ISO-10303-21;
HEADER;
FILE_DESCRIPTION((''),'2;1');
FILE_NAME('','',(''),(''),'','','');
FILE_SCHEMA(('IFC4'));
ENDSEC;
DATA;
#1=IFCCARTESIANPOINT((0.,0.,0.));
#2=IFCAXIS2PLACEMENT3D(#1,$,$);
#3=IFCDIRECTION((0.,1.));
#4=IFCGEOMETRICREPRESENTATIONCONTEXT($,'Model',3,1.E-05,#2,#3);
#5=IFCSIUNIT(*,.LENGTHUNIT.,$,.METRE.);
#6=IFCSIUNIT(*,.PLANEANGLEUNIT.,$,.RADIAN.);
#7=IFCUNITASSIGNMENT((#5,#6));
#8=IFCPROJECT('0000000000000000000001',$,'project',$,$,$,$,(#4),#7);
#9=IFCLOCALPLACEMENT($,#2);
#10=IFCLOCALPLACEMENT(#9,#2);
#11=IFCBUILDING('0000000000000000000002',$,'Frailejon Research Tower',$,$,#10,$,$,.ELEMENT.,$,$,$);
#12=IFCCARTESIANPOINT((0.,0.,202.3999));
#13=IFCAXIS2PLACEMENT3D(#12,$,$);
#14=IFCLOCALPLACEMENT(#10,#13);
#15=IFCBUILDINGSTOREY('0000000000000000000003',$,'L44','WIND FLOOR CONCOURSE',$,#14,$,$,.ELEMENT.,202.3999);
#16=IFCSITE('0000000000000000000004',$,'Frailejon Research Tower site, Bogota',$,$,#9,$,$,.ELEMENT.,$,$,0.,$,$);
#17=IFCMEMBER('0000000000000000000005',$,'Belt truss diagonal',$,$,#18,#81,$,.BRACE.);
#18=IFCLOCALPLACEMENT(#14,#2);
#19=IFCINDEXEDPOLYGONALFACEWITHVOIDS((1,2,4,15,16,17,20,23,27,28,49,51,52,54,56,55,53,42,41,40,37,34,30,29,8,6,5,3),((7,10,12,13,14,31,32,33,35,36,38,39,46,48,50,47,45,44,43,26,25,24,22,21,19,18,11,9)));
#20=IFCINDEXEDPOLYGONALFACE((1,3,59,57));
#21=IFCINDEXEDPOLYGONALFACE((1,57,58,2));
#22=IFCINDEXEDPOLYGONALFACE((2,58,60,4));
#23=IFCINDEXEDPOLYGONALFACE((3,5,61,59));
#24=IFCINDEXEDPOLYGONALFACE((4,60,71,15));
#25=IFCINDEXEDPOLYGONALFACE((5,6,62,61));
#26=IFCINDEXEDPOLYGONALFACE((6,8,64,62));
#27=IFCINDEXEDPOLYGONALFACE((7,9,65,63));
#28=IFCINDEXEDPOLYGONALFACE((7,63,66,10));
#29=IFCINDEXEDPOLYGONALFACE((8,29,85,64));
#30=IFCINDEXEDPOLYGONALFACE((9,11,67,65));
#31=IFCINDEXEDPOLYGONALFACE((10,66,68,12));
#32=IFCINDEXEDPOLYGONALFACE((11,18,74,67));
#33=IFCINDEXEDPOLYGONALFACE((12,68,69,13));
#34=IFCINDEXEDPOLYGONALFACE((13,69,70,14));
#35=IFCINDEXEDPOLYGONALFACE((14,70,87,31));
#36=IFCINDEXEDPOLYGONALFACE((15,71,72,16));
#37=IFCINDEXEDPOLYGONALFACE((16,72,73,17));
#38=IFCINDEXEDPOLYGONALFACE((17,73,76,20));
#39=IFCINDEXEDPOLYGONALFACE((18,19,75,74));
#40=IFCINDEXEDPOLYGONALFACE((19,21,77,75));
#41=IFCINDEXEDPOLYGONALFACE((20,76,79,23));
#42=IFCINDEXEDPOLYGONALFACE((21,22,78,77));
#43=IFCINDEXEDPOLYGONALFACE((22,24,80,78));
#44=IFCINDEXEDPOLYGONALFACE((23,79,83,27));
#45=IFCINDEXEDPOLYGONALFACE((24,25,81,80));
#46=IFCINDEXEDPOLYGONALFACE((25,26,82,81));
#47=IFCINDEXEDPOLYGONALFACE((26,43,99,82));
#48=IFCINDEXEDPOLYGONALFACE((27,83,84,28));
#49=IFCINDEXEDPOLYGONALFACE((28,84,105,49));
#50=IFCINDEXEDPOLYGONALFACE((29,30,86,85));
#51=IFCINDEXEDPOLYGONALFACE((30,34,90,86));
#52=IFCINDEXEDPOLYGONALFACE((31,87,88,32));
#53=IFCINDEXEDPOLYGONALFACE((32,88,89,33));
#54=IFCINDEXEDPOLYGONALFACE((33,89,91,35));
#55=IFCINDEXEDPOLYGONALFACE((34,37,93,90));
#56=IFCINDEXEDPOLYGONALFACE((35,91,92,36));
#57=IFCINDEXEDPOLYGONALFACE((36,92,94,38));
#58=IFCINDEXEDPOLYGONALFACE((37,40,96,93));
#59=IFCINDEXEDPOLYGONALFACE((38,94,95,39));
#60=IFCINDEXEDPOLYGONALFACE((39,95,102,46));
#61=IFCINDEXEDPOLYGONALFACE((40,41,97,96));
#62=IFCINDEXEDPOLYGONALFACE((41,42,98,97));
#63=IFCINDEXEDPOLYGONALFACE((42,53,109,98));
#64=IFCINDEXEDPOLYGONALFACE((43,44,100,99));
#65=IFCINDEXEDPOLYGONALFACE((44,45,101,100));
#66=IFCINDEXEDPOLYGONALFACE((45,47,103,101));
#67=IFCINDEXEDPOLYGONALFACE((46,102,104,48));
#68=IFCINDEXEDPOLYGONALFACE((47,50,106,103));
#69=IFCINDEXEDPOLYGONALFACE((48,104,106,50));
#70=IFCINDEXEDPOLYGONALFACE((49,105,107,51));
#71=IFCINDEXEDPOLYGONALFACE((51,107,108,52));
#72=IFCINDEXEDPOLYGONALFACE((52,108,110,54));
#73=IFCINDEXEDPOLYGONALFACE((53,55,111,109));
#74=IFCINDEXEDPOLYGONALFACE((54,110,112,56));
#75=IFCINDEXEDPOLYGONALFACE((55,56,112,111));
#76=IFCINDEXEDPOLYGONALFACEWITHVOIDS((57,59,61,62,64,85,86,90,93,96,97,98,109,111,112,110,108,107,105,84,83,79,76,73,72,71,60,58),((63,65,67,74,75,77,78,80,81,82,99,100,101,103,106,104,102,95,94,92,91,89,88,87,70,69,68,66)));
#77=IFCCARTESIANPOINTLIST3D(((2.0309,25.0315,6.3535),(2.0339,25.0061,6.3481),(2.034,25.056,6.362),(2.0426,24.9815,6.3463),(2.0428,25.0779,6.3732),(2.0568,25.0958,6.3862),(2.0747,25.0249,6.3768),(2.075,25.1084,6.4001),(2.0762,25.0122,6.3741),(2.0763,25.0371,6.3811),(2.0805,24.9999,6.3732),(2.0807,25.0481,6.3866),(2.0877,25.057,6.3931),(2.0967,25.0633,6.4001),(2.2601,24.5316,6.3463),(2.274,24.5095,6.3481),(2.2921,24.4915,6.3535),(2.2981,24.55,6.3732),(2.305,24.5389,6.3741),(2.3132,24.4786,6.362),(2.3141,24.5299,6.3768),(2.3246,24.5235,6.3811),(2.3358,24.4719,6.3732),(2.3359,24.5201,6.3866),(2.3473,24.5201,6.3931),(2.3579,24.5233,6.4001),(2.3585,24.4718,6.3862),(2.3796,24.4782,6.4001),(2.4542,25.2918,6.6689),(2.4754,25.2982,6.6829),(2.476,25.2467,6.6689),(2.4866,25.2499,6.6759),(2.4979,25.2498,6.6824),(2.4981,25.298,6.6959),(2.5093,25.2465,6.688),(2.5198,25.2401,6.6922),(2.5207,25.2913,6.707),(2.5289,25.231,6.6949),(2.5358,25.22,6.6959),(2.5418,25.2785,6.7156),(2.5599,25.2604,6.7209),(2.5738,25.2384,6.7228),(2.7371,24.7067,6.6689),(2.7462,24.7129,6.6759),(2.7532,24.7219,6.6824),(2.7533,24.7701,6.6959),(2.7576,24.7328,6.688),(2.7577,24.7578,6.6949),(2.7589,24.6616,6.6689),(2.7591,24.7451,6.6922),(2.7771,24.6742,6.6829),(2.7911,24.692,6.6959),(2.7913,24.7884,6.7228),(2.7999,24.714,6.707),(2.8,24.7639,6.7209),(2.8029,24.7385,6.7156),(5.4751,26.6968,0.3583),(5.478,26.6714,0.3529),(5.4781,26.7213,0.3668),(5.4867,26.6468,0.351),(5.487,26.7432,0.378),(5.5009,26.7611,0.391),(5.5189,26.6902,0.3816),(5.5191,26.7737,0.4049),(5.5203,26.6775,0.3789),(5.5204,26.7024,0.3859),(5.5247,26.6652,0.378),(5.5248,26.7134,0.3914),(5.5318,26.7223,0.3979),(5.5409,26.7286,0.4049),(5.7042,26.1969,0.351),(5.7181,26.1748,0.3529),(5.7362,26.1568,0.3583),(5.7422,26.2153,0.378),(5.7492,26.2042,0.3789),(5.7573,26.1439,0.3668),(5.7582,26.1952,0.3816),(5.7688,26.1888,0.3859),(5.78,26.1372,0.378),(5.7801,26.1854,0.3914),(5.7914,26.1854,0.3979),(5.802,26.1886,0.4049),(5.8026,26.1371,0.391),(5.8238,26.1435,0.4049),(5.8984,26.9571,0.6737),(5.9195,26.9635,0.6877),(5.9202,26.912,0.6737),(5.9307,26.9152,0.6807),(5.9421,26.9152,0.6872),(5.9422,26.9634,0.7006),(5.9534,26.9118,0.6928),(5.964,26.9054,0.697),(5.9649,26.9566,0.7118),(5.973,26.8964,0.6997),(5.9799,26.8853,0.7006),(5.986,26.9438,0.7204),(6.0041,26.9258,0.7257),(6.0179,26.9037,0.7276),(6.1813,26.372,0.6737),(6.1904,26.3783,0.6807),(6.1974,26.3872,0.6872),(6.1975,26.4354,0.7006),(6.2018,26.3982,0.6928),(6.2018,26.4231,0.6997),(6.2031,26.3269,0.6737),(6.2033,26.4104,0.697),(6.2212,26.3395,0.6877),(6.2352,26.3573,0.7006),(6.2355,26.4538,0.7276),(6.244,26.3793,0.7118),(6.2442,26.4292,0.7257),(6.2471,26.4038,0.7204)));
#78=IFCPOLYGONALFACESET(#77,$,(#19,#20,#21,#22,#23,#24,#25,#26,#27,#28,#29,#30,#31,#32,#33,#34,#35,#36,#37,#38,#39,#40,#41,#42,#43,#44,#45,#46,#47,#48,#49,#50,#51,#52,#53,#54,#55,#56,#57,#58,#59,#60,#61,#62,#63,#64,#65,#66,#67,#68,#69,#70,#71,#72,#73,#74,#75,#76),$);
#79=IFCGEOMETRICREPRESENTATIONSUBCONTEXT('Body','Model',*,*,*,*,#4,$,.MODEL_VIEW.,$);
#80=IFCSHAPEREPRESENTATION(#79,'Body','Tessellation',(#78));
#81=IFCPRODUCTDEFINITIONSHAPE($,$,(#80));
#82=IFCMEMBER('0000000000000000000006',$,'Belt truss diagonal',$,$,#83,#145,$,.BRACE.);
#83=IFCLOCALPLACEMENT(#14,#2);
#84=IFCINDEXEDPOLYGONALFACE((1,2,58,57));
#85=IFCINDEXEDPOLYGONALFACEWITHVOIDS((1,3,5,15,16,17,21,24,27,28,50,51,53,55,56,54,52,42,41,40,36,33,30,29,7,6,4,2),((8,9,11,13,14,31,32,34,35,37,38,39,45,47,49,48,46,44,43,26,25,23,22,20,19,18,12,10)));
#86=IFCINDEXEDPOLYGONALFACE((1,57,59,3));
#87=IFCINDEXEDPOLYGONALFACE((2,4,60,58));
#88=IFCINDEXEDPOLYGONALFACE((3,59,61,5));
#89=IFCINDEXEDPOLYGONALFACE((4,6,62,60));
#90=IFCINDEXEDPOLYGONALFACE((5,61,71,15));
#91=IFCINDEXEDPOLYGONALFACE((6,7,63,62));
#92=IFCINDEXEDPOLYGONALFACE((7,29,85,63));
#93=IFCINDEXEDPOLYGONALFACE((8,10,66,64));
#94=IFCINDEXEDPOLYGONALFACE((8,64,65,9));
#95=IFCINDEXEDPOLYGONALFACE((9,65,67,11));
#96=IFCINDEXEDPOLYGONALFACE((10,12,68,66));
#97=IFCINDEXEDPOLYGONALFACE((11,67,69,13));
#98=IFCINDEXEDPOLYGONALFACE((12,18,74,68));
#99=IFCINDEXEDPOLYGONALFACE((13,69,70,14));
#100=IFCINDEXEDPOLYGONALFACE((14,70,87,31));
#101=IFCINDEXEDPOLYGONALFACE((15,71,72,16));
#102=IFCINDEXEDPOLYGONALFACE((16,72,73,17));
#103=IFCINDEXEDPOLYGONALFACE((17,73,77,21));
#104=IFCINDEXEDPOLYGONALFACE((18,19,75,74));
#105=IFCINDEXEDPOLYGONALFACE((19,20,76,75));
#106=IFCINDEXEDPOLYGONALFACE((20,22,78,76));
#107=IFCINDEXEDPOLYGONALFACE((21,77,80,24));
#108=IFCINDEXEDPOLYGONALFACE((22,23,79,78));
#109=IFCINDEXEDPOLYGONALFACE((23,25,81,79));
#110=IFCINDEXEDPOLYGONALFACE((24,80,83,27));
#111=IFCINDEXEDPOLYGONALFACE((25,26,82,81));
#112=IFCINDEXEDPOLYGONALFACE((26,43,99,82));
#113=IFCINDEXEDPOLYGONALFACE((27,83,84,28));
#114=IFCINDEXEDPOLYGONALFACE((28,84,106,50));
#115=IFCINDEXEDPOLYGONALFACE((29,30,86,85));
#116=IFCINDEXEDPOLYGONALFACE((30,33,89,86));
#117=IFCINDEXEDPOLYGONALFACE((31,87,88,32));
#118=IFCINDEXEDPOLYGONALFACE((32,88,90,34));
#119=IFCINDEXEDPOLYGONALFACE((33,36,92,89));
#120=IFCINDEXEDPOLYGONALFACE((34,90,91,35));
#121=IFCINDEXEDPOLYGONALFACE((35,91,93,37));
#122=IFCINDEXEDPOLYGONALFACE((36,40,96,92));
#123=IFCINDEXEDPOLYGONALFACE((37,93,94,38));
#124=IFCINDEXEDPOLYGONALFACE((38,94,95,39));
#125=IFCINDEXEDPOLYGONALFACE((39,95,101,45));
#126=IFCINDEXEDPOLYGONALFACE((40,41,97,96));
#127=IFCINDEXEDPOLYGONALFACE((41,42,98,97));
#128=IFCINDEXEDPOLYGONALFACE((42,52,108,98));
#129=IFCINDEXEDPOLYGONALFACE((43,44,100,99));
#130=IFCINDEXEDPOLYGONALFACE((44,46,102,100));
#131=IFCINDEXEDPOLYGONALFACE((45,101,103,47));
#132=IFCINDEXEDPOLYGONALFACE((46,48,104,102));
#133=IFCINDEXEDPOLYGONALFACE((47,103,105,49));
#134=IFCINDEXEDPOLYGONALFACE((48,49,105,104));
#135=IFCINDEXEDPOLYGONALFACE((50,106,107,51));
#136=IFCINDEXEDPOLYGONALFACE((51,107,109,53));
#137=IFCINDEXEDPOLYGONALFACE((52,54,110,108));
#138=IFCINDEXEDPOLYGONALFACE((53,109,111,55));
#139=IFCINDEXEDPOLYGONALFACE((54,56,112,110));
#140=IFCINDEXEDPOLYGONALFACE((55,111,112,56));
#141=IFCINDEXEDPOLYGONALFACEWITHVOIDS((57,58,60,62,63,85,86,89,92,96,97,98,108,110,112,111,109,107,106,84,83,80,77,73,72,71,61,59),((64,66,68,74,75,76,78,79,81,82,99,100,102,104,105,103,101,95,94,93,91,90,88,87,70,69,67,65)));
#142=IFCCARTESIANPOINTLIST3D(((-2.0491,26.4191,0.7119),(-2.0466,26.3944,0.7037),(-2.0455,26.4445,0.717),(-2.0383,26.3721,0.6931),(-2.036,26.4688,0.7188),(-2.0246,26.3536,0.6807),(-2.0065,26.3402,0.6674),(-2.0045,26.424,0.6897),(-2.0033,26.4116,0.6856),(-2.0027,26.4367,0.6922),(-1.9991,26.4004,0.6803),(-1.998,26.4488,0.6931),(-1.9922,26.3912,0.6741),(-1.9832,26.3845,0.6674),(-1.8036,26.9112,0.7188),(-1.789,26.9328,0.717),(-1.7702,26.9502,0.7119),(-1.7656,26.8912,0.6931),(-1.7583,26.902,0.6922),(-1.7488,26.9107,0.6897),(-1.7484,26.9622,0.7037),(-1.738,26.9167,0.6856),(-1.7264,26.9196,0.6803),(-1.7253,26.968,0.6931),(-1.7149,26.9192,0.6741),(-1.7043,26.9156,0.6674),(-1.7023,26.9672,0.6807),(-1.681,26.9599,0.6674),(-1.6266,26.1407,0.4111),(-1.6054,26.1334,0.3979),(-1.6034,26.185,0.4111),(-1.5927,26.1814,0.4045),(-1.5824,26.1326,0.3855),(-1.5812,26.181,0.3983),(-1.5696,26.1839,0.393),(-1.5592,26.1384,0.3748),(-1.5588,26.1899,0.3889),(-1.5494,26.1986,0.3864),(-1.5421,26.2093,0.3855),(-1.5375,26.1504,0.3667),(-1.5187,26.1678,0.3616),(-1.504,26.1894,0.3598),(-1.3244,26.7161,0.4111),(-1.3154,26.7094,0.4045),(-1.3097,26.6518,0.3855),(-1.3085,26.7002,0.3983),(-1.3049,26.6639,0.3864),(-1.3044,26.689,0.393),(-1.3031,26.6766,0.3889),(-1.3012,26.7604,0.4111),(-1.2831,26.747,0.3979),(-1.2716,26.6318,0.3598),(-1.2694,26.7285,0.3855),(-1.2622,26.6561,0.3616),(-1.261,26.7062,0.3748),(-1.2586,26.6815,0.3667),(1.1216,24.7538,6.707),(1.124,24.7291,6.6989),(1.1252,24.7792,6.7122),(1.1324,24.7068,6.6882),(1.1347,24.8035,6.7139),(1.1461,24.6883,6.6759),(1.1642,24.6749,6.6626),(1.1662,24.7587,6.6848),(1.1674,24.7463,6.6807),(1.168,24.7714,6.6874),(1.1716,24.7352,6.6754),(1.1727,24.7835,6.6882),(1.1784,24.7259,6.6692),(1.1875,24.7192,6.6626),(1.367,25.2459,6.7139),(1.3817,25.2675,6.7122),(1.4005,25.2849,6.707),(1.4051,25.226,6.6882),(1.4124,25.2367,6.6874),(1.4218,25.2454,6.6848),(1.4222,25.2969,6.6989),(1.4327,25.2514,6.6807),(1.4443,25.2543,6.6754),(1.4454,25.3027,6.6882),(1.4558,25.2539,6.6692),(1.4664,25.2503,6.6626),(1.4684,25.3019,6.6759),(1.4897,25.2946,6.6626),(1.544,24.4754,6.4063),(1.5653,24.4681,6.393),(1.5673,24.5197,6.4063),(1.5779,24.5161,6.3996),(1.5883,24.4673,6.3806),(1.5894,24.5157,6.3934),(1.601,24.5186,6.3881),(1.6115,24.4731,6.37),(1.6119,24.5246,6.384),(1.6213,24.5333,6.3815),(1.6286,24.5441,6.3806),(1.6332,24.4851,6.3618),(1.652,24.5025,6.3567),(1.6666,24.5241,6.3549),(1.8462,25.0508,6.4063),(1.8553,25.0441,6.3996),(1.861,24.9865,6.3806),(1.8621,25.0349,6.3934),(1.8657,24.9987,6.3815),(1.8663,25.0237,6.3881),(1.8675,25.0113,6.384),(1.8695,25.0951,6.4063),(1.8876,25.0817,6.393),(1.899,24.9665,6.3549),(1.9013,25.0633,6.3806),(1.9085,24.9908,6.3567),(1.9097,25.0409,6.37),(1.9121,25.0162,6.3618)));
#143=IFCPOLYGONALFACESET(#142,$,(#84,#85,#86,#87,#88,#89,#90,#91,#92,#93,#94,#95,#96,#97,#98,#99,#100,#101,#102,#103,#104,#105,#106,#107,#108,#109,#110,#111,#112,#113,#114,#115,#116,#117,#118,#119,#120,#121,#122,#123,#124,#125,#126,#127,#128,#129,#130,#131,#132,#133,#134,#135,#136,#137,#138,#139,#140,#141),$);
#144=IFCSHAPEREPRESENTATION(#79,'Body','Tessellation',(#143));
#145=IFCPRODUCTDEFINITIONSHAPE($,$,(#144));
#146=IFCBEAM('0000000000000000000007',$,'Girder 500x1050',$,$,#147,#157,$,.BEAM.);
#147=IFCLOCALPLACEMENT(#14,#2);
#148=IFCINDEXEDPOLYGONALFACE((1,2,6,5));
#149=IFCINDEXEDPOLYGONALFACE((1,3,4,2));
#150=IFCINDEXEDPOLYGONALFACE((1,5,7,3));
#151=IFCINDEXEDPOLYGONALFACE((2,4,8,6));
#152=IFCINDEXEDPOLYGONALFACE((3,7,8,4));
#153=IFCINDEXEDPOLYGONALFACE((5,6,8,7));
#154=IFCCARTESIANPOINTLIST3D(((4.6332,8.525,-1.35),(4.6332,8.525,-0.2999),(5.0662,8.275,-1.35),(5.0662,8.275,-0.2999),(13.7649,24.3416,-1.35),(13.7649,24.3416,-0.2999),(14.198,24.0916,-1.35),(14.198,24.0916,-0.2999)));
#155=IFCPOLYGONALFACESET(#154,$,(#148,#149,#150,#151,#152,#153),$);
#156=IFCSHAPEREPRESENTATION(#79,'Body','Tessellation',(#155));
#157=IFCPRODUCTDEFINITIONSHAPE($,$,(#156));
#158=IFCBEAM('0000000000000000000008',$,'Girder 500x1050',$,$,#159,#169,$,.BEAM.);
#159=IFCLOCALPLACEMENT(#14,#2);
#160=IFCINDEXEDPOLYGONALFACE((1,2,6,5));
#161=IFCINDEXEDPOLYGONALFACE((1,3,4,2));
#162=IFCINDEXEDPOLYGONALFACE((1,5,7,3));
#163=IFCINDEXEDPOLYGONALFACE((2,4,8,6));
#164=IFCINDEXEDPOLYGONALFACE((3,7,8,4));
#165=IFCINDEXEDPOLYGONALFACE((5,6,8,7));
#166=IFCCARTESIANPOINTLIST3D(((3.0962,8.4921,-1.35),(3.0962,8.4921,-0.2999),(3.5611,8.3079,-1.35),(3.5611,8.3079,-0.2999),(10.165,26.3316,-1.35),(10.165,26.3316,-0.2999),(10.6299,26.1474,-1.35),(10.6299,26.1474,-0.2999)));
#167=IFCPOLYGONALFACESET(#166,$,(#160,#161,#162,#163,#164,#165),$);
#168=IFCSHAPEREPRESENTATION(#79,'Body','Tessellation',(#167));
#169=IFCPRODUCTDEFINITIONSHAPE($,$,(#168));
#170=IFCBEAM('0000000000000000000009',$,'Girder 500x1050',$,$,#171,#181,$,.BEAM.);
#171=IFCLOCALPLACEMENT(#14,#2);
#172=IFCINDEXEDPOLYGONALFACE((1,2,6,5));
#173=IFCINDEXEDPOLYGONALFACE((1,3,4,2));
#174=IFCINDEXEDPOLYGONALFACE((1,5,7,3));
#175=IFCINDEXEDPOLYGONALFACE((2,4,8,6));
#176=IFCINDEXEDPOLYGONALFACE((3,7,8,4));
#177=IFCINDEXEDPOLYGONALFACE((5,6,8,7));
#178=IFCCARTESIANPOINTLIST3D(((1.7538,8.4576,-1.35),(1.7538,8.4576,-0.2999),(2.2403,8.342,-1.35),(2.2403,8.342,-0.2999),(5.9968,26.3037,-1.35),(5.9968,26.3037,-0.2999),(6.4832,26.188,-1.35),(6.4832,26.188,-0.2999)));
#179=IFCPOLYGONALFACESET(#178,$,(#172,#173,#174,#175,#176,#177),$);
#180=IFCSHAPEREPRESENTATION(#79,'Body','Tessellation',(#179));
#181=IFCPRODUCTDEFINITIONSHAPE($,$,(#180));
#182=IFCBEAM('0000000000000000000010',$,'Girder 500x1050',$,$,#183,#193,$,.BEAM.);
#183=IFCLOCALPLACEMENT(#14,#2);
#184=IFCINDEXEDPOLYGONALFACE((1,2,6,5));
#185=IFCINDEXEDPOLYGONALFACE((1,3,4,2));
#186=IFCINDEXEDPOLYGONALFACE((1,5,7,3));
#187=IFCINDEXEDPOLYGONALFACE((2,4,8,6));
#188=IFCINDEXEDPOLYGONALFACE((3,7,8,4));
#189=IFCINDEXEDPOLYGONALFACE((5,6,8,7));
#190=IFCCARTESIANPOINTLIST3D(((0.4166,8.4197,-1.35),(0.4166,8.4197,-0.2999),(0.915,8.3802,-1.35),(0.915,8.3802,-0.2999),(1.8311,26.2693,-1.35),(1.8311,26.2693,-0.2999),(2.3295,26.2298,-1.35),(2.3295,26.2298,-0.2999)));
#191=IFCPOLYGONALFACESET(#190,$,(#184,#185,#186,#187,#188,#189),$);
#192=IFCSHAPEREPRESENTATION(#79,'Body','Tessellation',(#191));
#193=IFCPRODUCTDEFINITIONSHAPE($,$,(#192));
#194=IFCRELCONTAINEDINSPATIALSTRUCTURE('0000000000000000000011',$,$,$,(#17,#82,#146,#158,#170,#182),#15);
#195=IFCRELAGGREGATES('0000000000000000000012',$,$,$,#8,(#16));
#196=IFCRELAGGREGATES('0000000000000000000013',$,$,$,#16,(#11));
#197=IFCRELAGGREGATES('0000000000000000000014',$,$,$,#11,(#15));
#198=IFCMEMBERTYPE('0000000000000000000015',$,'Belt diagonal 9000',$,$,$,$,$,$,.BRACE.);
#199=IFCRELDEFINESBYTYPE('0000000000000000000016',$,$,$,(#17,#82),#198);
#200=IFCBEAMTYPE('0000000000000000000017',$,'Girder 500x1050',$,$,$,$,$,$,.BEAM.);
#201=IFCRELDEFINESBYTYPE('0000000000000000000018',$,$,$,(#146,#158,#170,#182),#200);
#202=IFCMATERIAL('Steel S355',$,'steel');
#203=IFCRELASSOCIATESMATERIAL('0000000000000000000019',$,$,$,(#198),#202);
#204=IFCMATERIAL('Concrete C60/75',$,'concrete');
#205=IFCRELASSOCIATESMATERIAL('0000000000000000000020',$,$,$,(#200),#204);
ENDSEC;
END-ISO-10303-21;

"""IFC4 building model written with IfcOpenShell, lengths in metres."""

from ifc_helpers import new_model, si_unit, direction, frame, origin, origin_2d, place, context, subcontext, project, spatial, rectangle, hollow_rectangle, extrude, material, material_profile, profile_set, type_object, element, save


model = new_model("IFC4")

# Units and contexts
model_context = context("Model", 3, precision=1e-05, world=origin(), true_north=direction((0.0, 1.0)))
body_context = subcontext(model_context, "Body", "Model", "MODEL_VIEW")
ifc_project = project(units=[si_unit("LENGTHUNIT", "METRE"), si_unit("PLANEANGLEUNIT", "RADIAN")], contexts=[model_context])

# Site, building, storey
site_placement = place(None, origin())
site = spatial("IfcSite", under=ifc_project, at=site_placement, Name="Frailejon Research Tower site, Bogota", CompositionType="ELEMENT", RefElevation=0.0)
building_placement = place(site_placement, origin())
building = spatial("IfcBuilding", under=site, at=building_placement, Name="Frailejon Research Tower", CompositionType="ELEMENT")
storey_placement = place(building_placement, frame((0.0, 0.0, 202.3999)))
storey = spatial("IfcBuildingStorey", under=building, at=storey_placement, Name="L44", Description="WIND FLOOR CONCOURSE", CompositionType="ELEMENT", Elevation=202.3999)

# Members
ifc_material_1 = material(Name="Steel S355", Category="steel")
ifc_material_profile_1 = material_profile(ifc_material_1, hollow_rectangle(XDim=0.7, YDim=0.7, WallThickness=0.05, InnerFilletRadius=0.05, OuterFilletRadius=0.1001, at=origin_2d()), Name="Belt diagonal 9000")
ifc_profile_set_1 = profile_set([ifc_material_profile_1], Name="Steel S355")
member_type = type_object("IfcMemberType", Name="Belt diagonal 9000", PredefinedType="BRACE", material=ifc_profile_set_1)
member_1_placement = place(storey_placement, frame((5.8611, 26.5503, 0.5393), z_axis=(-0.484285, -0.234161, 0.842993), x_axis=(0.435304, -0.900284, 0.0)))
element("IfcMember", 1, at=member_1_placement, inside=storey, type_object=member_type, Name="Belt truss diagonal", PredefinedType="BRACE", context=body_context, shape_type="SweptSolid", body=[
    extrude(hollow_rectangle(XDim=0.7, YDim=0.7, WallThickness=0.05, InnerFilletRadius=0.05, OuterFilletRadius=0.1001, at=origin_2d()), origin(), (0.0, 0.0, 1.0), 7.1118),
])
member_2_placement = place(storey_placement, frame((1.5168, 24.885, 6.5344), z_axis=(-0.454028, 0.238464, -0.858483), x_axis=(-0.464985, -0.885319, 0.0)))
element("IfcMember", 2, at=member_2_placement, inside=storey, type_object=member_type, Name="Belt truss diagonal", PredefinedType="BRACE", context=body_context, shape_type="SweptSolid", body=[
    extrude(hollow_rectangle(XDim=0.7, YDim=0.7, WallThickness=0.05, InnerFilletRadius=0.05, OuterFilletRadius=0.1001, at=origin_2d()), origin(), (0.0, 0.0, 1.0), 6.9834),
])

# Beams
ifc_material_2 = material(Name="Concrete C60/75", Category="concrete")
ifc_material_profile_2 = material_profile(ifc_material_2, rectangle(XDim=0.5, YDim=1.05, at=origin_2d()), Name="Girder 500x1050")
ifc_profile_set_2 = profile_set([ifc_material_profile_2], Name="Concrete C60/75")
beam_type_1 = type_object("IfcBeamType", Name="Girder 500x1050", PredefinedType="BEAM", material=ifc_profile_set_2)
beam_1_placement = place(storey_placement, frame((13.9814, 24.2166, -0.825), z_axis=(-0.500004, -0.866023, 0.0), x_axis=(0.866023, -0.500004, 0.0)))
element("IfcBeam", 3, at=beam_1_placement, inside=storey, type_object=beam_type_1, Name="Girder 500x1050", PredefinedType="BEAM", context=body_context, shape_type="SweptSolid", body=[
    extrude(rectangle(XDim=0.5, YDim=1.05, at=origin_2d()), origin(), (0.0, 0.0, 1.0), 18.2634),
])
beam_2_placement = place(storey_placement, frame((10.3975, 26.2395, -0.825), z_axis=(-0.368379, -0.929676, 0.0), x_axis=(0.929676, -0.368379, 0.0)))
element("IfcBeam", 4, at=beam_2_placement, inside=storey, type_object=beam_type_1, Name="Girder 500x1050", PredefinedType="BEAM", context=body_context, shape_type="SweptSolid", body=[
    extrude(rectangle(XDim=0.5, YDim=1.05, at=origin_2d()), origin(), (0.0, 0.0, 1.0), 19.189),
])
beam_3_placement = place(storey_placement, frame((6.24, 26.2458, -0.825), z_axis=(-0.231305, -0.972881, 0.0), x_axis=(0.972881, -0.231305, 0.0)))
element("IfcBeam", 5, at=beam_3_placement, inside=storey, type_object=beam_type_1, Name="Girder 500x1050", PredefinedType="BEAM", context=body_context, shape_type="SweptSolid", body=[
    extrude(rectangle(XDim=0.5, YDim=1.05, at=origin_2d()), origin(), (0.0, 0.0, 1.0), 18.3435),
])
beam_4_placement = place(storey_placement, frame((2.0803, 26.2495, -0.825), z_axis=(-0.079001, -0.996875, 0.0), x_axis=(0.996875, -0.079001, 0.0)))
element("IfcBeam", 6, at=beam_4_placement, inside=storey, type_object=beam_type_1, Name="Girder 500x1050", PredefinedType="BEAM", context=body_context, shape_type="SweptSolid", body=[
    extrude(rectangle(XDim=0.5, YDim=1.05, at=origin_2d()), origin(), (0.0, 0.0, 1.0), 17.9055),
])

save(model, "model.ifc")
